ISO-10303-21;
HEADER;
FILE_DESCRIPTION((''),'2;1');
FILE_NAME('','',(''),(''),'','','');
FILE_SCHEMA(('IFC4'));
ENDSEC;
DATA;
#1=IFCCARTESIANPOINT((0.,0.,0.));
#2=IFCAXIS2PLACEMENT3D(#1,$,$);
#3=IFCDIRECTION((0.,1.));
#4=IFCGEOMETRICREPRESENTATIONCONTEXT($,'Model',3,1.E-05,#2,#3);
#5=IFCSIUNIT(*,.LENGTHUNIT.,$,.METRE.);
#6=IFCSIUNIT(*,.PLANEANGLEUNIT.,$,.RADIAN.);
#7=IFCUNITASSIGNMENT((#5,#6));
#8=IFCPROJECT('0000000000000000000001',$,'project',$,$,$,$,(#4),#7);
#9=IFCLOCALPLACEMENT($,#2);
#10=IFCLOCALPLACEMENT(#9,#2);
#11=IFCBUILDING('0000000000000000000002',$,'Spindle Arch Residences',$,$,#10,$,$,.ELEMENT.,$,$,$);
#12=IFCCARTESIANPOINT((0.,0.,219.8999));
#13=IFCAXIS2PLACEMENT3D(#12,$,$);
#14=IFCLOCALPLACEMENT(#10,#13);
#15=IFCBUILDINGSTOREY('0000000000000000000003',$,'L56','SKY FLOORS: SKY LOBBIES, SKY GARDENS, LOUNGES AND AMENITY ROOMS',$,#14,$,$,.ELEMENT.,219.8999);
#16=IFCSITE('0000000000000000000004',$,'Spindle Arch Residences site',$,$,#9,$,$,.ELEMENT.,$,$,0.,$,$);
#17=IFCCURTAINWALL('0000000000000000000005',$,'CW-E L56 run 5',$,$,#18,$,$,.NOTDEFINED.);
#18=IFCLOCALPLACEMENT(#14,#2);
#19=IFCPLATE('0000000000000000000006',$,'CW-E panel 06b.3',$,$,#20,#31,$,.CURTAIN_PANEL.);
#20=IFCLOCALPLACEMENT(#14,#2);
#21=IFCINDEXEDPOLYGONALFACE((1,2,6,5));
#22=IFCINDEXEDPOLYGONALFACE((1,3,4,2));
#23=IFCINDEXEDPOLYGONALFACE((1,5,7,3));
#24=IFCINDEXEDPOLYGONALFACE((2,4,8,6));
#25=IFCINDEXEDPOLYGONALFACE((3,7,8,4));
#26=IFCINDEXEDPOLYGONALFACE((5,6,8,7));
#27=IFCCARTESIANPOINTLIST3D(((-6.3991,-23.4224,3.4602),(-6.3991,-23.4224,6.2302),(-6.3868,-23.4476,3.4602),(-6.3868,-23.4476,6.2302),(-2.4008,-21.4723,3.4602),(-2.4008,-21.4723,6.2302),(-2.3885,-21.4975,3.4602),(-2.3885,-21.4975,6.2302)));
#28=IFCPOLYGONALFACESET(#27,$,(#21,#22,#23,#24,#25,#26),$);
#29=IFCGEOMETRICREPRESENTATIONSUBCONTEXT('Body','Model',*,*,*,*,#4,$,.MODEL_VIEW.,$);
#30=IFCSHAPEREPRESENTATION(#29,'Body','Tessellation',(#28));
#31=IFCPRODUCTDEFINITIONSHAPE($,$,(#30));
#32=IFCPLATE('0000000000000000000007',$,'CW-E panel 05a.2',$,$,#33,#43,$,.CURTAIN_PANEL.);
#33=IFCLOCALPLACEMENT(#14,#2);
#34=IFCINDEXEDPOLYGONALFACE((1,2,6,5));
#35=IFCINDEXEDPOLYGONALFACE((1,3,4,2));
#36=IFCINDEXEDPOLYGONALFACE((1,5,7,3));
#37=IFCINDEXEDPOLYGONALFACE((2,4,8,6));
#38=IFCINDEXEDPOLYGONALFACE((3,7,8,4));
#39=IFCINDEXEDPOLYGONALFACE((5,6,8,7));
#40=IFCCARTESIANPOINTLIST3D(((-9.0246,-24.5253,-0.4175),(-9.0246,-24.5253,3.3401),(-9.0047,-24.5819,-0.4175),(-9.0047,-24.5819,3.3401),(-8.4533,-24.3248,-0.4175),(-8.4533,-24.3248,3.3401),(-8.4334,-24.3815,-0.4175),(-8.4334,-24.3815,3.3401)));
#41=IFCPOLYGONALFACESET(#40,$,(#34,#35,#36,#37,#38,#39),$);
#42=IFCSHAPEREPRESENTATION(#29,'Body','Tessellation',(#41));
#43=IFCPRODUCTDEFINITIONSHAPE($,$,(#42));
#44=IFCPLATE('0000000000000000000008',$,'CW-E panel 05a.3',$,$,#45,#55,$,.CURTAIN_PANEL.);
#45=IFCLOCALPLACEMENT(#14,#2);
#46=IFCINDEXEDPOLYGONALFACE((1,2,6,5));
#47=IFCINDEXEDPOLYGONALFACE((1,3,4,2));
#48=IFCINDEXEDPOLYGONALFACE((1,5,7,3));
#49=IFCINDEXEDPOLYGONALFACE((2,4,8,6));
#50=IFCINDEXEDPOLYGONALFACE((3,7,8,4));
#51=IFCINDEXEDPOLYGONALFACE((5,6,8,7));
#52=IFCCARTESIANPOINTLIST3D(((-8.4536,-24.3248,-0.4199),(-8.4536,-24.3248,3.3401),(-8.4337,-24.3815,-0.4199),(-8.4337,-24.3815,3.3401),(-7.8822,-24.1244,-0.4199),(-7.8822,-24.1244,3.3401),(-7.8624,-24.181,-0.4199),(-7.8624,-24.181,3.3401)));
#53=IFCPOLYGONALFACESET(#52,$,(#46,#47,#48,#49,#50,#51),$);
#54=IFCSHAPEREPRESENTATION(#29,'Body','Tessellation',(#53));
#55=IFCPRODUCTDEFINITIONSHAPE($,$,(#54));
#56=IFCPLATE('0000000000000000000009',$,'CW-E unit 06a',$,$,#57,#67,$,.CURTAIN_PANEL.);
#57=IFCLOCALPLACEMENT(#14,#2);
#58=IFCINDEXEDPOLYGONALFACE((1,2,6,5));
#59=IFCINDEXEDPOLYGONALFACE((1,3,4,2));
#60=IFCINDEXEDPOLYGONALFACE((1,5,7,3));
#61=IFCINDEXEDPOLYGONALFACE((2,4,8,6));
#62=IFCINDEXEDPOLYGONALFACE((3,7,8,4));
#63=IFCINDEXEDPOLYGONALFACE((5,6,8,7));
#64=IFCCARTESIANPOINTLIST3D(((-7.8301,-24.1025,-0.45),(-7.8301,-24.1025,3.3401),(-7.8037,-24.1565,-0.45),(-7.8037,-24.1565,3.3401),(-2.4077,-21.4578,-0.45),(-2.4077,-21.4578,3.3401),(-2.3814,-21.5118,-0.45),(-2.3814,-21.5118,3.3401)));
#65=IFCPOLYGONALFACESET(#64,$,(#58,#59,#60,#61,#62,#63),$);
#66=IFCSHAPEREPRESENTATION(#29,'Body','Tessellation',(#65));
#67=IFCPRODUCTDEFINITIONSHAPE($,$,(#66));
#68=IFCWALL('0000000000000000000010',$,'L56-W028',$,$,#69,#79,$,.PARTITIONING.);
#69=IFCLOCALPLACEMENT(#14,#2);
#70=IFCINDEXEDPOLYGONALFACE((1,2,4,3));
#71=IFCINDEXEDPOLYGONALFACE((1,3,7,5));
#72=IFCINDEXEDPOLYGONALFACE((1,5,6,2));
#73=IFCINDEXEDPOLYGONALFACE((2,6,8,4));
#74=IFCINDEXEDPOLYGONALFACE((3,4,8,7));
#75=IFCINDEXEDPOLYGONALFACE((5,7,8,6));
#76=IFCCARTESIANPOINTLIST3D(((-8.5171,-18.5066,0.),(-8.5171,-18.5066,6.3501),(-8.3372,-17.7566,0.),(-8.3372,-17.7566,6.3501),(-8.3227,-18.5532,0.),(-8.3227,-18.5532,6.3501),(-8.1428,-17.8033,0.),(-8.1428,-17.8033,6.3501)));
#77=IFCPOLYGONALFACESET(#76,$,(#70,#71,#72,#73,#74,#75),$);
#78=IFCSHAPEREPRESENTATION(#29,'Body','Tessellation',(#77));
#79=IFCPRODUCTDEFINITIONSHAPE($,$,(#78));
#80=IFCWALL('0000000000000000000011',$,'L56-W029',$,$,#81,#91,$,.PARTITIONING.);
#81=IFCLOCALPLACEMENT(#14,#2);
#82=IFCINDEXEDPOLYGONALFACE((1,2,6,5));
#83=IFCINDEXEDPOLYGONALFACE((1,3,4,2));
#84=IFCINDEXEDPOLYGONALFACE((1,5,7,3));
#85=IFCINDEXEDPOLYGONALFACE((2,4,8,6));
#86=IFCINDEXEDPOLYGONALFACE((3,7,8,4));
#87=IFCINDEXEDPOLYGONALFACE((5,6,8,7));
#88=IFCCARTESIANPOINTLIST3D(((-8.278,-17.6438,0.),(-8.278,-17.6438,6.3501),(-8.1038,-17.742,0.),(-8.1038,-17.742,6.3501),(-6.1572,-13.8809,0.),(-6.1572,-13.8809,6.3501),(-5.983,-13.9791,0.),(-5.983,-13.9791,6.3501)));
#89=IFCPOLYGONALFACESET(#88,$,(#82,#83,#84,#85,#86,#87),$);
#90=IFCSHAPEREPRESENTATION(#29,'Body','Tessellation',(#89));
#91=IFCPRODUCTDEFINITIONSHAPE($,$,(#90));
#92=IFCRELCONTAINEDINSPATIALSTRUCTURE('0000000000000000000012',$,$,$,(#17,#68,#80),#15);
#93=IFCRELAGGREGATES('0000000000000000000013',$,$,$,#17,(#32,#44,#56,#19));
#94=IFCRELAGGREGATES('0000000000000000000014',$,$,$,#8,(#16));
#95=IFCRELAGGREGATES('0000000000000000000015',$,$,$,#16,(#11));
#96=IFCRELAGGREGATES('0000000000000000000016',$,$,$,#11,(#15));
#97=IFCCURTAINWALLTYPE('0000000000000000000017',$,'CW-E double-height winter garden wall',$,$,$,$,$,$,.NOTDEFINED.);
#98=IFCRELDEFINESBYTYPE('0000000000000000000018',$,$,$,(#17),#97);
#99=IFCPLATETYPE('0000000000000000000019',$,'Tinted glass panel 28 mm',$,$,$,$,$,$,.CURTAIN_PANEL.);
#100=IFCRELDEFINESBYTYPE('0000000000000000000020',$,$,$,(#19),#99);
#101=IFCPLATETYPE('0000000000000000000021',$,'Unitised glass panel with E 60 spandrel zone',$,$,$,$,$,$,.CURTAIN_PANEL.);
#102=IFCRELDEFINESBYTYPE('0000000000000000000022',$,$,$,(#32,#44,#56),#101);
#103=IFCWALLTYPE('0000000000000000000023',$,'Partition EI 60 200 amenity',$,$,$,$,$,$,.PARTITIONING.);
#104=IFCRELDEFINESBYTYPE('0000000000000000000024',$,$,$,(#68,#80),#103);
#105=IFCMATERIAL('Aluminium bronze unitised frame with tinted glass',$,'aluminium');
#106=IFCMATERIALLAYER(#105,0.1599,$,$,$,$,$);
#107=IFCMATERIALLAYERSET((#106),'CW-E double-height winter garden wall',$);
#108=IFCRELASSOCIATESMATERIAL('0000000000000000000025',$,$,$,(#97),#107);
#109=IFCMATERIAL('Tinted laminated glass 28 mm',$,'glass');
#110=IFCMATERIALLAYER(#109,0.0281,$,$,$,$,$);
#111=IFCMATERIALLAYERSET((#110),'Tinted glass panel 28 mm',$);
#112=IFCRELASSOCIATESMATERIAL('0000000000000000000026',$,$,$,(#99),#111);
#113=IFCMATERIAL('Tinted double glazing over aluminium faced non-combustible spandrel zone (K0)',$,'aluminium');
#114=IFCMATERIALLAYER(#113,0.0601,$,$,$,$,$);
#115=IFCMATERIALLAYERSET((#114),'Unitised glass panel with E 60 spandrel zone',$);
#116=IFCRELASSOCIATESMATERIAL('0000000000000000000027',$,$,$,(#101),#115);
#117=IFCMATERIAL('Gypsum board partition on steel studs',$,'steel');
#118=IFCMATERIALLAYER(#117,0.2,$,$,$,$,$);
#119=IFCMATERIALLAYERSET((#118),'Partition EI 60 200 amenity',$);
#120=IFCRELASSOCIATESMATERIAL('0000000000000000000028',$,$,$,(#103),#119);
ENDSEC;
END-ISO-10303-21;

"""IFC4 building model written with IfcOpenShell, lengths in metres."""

from ifc_helpers import new_model, si_unit, direction, frame, frame_2d, origin, origin_2d, place, context, subcontext, project, spatial, rectangle, extrude, material, layer, layer_set, type_object, element, aggregate, save


model = new_model("IFC4")

# Units and contexts
model_context = context("Model", 3, precision=1e-05, world=origin(), true_north=direction((0.0, 1.0)))
body_context = subcontext(model_context, "Body", "Model", "MODEL_VIEW")
ifc_project = project(units=[si_unit("LENGTHUNIT", "METRE"), si_unit("PLANEANGLEUNIT", "RADIAN")], contexts=[model_context])

# Site, building, storey
site_placement = place(None, origin())
site = spatial("IfcSite", under=ifc_project, at=site_placement, Name="Spindle Arch Residences site", CompositionType="ELEMENT", RefElevation=0.0)
building_placement = place(site_placement, origin())
building = spatial("IfcBuilding", under=site, at=building_placement, Name="Spindle Arch Residences", CompositionType="ELEMENT")
storey_placement = place(building_placement, frame((0.0, 0.0, 219.8999)))
storey = spatial("IfcBuildingStorey", under=building, at=storey_placement, Name="L56", Description="SKY FLOORS: SKY LOBBIES, SKY GARDENS, LOUNGES AND AMENITY ROOMS", CompositionType="ELEMENT", Elevation=219.8999)

# Curtain wall
ifc_material_1 = material(Name="Aluminium bronze unitised frame with tinted glass", Category="aluminium")
ifc_layer_1 = layer(ifc_material_1, 0.1599)
ifc_layer_set_1 = layer_set([ifc_layer_1], Name="CW-E double-height winter garden wall")
curtain_wall_type = type_object("IfcCurtainWallType", Name="CW-E double-height winter garden wall", PredefinedType="NOTDEFINED", material=ifc_layer_set_1)
curtain_wall_1_placement = place(storey_placement, origin())
curtain_wall_1 = element("IfcCurtainWall", 1, at=curtain_wall_1_placement, inside=storey, type_object=curtain_wall_type, Name="CW-E L56 run 5", PredefinedType="NOTDEFINED")

# Plates
ifc_material_2 = material(Name="Tinted laminated glass 28 mm", Category="glass")
ifc_layer_2 = layer(ifc_material_2, 0.0281)
ifc_layer_set_2 = layer_set([ifc_layer_2], Name="Tinted glass panel 28 mm")
plate_type_1 = type_object("IfcPlateType", Name="Tinted glass panel 28 mm", PredefinedType="CURTAIN_PANEL", material=ifc_layer_set_2)
plate_1_placement = place(storey_placement, frame((-4.3938, -22.46, 3.4602), z_axis=(0.0, 0.0, 1.0), x_axis=(0.898794, 0.438371, 0.0)))
plate_1 = element("IfcPlate", 2, at=plate_1_placement, type_object=plate_type_1, Name="CW-E panel 06b.3", PredefinedType="CURTAIN_PANEL", context=body_context, shape_type="SweptSolid", body=[
    extrude(rectangle(XDim=4.4485, YDim=0.0281, at=origin_2d()), origin(), (0.0, 0.0, 1.0), 2.77),
])
ifc_material_3 = material(Name="Tinted double glazing over aluminium faced non-combustible spandrel zone (K0)", Category="aluminium")
ifc_layer_3 = layer(ifc_material_3, 0.0601)
ifc_layer_set_3 = layer_set([ifc_layer_3], Name="Unitised glass panel with E 60 spandrel zone")
plate_type_2 = type_object("IfcPlateType", Name="Unitised glass panel with E 60 spandrel zone", PredefinedType="CURTAIN_PANEL", material=ifc_layer_set_3)
plate_2_placement = place(storey_placement, frame((-8.729, -24.4534, -0.4175), z_axis=(0.0, 0.0, 1.0), x_axis=(0.943609, 0.331063, 0.0)))
plate_2 = element("IfcPlate", 3, at=plate_2_placement, type_object=plate_type_2, Name="CW-E panel 05a.2", PredefinedType="CURTAIN_PANEL", context=body_context, shape_type="SweptSolid", body=[
    extrude(rectangle(XDim=0.6055, YDim=0.0601, at=origin_2d()), origin(), (0.0, 0.0, 1.0), 3.7576),
])
plate_3_placement = place(storey_placement, frame((-8.158, -24.2529, -0.4199), z_axis=(0.0, 0.0, 1.0), x_axis=(0.943609, 0.331063, 0.0)))
plate_3 = element("IfcPlate", 4, at=plate_3_placement, type_object=plate_type_2, Name="CW-E panel 05a.3", PredefinedType="CURTAIN_PANEL", context=body_context, shape_type="SweptSolid", body=[
    extrude(rectangle(XDim=0.6055, YDim=0.0601, at=origin_2d()), origin(), (0.0, 0.0, 1.0), 3.76),
])
plate_4_placement = place(storey_placement, frame((-5.1057, -22.8071, -0.45), z_axis=(0.0, 0.0, 1.0), x_axis=(0.898794, 0.438371, 0.0)))
plate_4 = element("IfcPlate", 5, at=plate_4_placement, type_object=plate_type_2, Name="CW-E unit 06a", PredefinedType="CURTAIN_PANEL", context=body_context, shape_type="SweptSolid", body=[
    extrude(rectangle(XDim=6.033, YDim=0.0601, at=origin_2d()), origin(), (0.0, 0.0, 1.0), 3.79),
])
aggregate(curtain_wall_1, [plate_2, plate_3, plate_4, plate_1])

# Walls
ifc_material_4 = material(Name="Gypsum board partition on steel studs", Category="steel")
ifc_layer_4 = layer(ifc_material_4, 0.2)
ifc_layer_set_4 = layer_set([ifc_layer_4], Name="Partition EI 60 200 amenity")
wall_type = type_object("IfcWallType", Name="Partition EI 60 200 amenity", PredefinedType="PARTITIONING", material=ifc_layer_set_4)
wall_1_placement = place(storey_placement, frame((-8.4199, -18.53, 0.0), z_axis=(0.0, 0.0, 1.0), x_axis=(0.233289, 0.972407, 0.0)))
element("IfcWall", 6, at=wall_1_placement, inside=storey, type_object=wall_type, Name="L56-W028", PredefinedType="PARTITIONING", context=body_context, shape_type="SweptSolid", body=[
    extrude(rectangle(XDim=0.7712, YDim=0.2, at=frame_2d((0.3857, 0.0))), origin(), (0.0, 0.0, 1.0), 6.3501),
])
wall_2_placement = place(storey_placement, frame((-8.1909, -17.6929, 0.0), z_axis=(0.0, 0.0, 1.0), x_axis=(0.490999, 0.87116, 0.0)))
element("IfcWall", 7, at=wall_2_placement, inside=storey, type_object=wall_type, Name="L56-W029", PredefinedType="PARTITIONING", context=body_context, shape_type="SweptSolid", body=[
    extrude(rectangle(XDim=4.3193, YDim=0.2, at=frame_2d((2.1597, 0.0))), origin(), (0.0, 0.0, 1.0), 6.3501),
])

save(model, "model.ifc")
